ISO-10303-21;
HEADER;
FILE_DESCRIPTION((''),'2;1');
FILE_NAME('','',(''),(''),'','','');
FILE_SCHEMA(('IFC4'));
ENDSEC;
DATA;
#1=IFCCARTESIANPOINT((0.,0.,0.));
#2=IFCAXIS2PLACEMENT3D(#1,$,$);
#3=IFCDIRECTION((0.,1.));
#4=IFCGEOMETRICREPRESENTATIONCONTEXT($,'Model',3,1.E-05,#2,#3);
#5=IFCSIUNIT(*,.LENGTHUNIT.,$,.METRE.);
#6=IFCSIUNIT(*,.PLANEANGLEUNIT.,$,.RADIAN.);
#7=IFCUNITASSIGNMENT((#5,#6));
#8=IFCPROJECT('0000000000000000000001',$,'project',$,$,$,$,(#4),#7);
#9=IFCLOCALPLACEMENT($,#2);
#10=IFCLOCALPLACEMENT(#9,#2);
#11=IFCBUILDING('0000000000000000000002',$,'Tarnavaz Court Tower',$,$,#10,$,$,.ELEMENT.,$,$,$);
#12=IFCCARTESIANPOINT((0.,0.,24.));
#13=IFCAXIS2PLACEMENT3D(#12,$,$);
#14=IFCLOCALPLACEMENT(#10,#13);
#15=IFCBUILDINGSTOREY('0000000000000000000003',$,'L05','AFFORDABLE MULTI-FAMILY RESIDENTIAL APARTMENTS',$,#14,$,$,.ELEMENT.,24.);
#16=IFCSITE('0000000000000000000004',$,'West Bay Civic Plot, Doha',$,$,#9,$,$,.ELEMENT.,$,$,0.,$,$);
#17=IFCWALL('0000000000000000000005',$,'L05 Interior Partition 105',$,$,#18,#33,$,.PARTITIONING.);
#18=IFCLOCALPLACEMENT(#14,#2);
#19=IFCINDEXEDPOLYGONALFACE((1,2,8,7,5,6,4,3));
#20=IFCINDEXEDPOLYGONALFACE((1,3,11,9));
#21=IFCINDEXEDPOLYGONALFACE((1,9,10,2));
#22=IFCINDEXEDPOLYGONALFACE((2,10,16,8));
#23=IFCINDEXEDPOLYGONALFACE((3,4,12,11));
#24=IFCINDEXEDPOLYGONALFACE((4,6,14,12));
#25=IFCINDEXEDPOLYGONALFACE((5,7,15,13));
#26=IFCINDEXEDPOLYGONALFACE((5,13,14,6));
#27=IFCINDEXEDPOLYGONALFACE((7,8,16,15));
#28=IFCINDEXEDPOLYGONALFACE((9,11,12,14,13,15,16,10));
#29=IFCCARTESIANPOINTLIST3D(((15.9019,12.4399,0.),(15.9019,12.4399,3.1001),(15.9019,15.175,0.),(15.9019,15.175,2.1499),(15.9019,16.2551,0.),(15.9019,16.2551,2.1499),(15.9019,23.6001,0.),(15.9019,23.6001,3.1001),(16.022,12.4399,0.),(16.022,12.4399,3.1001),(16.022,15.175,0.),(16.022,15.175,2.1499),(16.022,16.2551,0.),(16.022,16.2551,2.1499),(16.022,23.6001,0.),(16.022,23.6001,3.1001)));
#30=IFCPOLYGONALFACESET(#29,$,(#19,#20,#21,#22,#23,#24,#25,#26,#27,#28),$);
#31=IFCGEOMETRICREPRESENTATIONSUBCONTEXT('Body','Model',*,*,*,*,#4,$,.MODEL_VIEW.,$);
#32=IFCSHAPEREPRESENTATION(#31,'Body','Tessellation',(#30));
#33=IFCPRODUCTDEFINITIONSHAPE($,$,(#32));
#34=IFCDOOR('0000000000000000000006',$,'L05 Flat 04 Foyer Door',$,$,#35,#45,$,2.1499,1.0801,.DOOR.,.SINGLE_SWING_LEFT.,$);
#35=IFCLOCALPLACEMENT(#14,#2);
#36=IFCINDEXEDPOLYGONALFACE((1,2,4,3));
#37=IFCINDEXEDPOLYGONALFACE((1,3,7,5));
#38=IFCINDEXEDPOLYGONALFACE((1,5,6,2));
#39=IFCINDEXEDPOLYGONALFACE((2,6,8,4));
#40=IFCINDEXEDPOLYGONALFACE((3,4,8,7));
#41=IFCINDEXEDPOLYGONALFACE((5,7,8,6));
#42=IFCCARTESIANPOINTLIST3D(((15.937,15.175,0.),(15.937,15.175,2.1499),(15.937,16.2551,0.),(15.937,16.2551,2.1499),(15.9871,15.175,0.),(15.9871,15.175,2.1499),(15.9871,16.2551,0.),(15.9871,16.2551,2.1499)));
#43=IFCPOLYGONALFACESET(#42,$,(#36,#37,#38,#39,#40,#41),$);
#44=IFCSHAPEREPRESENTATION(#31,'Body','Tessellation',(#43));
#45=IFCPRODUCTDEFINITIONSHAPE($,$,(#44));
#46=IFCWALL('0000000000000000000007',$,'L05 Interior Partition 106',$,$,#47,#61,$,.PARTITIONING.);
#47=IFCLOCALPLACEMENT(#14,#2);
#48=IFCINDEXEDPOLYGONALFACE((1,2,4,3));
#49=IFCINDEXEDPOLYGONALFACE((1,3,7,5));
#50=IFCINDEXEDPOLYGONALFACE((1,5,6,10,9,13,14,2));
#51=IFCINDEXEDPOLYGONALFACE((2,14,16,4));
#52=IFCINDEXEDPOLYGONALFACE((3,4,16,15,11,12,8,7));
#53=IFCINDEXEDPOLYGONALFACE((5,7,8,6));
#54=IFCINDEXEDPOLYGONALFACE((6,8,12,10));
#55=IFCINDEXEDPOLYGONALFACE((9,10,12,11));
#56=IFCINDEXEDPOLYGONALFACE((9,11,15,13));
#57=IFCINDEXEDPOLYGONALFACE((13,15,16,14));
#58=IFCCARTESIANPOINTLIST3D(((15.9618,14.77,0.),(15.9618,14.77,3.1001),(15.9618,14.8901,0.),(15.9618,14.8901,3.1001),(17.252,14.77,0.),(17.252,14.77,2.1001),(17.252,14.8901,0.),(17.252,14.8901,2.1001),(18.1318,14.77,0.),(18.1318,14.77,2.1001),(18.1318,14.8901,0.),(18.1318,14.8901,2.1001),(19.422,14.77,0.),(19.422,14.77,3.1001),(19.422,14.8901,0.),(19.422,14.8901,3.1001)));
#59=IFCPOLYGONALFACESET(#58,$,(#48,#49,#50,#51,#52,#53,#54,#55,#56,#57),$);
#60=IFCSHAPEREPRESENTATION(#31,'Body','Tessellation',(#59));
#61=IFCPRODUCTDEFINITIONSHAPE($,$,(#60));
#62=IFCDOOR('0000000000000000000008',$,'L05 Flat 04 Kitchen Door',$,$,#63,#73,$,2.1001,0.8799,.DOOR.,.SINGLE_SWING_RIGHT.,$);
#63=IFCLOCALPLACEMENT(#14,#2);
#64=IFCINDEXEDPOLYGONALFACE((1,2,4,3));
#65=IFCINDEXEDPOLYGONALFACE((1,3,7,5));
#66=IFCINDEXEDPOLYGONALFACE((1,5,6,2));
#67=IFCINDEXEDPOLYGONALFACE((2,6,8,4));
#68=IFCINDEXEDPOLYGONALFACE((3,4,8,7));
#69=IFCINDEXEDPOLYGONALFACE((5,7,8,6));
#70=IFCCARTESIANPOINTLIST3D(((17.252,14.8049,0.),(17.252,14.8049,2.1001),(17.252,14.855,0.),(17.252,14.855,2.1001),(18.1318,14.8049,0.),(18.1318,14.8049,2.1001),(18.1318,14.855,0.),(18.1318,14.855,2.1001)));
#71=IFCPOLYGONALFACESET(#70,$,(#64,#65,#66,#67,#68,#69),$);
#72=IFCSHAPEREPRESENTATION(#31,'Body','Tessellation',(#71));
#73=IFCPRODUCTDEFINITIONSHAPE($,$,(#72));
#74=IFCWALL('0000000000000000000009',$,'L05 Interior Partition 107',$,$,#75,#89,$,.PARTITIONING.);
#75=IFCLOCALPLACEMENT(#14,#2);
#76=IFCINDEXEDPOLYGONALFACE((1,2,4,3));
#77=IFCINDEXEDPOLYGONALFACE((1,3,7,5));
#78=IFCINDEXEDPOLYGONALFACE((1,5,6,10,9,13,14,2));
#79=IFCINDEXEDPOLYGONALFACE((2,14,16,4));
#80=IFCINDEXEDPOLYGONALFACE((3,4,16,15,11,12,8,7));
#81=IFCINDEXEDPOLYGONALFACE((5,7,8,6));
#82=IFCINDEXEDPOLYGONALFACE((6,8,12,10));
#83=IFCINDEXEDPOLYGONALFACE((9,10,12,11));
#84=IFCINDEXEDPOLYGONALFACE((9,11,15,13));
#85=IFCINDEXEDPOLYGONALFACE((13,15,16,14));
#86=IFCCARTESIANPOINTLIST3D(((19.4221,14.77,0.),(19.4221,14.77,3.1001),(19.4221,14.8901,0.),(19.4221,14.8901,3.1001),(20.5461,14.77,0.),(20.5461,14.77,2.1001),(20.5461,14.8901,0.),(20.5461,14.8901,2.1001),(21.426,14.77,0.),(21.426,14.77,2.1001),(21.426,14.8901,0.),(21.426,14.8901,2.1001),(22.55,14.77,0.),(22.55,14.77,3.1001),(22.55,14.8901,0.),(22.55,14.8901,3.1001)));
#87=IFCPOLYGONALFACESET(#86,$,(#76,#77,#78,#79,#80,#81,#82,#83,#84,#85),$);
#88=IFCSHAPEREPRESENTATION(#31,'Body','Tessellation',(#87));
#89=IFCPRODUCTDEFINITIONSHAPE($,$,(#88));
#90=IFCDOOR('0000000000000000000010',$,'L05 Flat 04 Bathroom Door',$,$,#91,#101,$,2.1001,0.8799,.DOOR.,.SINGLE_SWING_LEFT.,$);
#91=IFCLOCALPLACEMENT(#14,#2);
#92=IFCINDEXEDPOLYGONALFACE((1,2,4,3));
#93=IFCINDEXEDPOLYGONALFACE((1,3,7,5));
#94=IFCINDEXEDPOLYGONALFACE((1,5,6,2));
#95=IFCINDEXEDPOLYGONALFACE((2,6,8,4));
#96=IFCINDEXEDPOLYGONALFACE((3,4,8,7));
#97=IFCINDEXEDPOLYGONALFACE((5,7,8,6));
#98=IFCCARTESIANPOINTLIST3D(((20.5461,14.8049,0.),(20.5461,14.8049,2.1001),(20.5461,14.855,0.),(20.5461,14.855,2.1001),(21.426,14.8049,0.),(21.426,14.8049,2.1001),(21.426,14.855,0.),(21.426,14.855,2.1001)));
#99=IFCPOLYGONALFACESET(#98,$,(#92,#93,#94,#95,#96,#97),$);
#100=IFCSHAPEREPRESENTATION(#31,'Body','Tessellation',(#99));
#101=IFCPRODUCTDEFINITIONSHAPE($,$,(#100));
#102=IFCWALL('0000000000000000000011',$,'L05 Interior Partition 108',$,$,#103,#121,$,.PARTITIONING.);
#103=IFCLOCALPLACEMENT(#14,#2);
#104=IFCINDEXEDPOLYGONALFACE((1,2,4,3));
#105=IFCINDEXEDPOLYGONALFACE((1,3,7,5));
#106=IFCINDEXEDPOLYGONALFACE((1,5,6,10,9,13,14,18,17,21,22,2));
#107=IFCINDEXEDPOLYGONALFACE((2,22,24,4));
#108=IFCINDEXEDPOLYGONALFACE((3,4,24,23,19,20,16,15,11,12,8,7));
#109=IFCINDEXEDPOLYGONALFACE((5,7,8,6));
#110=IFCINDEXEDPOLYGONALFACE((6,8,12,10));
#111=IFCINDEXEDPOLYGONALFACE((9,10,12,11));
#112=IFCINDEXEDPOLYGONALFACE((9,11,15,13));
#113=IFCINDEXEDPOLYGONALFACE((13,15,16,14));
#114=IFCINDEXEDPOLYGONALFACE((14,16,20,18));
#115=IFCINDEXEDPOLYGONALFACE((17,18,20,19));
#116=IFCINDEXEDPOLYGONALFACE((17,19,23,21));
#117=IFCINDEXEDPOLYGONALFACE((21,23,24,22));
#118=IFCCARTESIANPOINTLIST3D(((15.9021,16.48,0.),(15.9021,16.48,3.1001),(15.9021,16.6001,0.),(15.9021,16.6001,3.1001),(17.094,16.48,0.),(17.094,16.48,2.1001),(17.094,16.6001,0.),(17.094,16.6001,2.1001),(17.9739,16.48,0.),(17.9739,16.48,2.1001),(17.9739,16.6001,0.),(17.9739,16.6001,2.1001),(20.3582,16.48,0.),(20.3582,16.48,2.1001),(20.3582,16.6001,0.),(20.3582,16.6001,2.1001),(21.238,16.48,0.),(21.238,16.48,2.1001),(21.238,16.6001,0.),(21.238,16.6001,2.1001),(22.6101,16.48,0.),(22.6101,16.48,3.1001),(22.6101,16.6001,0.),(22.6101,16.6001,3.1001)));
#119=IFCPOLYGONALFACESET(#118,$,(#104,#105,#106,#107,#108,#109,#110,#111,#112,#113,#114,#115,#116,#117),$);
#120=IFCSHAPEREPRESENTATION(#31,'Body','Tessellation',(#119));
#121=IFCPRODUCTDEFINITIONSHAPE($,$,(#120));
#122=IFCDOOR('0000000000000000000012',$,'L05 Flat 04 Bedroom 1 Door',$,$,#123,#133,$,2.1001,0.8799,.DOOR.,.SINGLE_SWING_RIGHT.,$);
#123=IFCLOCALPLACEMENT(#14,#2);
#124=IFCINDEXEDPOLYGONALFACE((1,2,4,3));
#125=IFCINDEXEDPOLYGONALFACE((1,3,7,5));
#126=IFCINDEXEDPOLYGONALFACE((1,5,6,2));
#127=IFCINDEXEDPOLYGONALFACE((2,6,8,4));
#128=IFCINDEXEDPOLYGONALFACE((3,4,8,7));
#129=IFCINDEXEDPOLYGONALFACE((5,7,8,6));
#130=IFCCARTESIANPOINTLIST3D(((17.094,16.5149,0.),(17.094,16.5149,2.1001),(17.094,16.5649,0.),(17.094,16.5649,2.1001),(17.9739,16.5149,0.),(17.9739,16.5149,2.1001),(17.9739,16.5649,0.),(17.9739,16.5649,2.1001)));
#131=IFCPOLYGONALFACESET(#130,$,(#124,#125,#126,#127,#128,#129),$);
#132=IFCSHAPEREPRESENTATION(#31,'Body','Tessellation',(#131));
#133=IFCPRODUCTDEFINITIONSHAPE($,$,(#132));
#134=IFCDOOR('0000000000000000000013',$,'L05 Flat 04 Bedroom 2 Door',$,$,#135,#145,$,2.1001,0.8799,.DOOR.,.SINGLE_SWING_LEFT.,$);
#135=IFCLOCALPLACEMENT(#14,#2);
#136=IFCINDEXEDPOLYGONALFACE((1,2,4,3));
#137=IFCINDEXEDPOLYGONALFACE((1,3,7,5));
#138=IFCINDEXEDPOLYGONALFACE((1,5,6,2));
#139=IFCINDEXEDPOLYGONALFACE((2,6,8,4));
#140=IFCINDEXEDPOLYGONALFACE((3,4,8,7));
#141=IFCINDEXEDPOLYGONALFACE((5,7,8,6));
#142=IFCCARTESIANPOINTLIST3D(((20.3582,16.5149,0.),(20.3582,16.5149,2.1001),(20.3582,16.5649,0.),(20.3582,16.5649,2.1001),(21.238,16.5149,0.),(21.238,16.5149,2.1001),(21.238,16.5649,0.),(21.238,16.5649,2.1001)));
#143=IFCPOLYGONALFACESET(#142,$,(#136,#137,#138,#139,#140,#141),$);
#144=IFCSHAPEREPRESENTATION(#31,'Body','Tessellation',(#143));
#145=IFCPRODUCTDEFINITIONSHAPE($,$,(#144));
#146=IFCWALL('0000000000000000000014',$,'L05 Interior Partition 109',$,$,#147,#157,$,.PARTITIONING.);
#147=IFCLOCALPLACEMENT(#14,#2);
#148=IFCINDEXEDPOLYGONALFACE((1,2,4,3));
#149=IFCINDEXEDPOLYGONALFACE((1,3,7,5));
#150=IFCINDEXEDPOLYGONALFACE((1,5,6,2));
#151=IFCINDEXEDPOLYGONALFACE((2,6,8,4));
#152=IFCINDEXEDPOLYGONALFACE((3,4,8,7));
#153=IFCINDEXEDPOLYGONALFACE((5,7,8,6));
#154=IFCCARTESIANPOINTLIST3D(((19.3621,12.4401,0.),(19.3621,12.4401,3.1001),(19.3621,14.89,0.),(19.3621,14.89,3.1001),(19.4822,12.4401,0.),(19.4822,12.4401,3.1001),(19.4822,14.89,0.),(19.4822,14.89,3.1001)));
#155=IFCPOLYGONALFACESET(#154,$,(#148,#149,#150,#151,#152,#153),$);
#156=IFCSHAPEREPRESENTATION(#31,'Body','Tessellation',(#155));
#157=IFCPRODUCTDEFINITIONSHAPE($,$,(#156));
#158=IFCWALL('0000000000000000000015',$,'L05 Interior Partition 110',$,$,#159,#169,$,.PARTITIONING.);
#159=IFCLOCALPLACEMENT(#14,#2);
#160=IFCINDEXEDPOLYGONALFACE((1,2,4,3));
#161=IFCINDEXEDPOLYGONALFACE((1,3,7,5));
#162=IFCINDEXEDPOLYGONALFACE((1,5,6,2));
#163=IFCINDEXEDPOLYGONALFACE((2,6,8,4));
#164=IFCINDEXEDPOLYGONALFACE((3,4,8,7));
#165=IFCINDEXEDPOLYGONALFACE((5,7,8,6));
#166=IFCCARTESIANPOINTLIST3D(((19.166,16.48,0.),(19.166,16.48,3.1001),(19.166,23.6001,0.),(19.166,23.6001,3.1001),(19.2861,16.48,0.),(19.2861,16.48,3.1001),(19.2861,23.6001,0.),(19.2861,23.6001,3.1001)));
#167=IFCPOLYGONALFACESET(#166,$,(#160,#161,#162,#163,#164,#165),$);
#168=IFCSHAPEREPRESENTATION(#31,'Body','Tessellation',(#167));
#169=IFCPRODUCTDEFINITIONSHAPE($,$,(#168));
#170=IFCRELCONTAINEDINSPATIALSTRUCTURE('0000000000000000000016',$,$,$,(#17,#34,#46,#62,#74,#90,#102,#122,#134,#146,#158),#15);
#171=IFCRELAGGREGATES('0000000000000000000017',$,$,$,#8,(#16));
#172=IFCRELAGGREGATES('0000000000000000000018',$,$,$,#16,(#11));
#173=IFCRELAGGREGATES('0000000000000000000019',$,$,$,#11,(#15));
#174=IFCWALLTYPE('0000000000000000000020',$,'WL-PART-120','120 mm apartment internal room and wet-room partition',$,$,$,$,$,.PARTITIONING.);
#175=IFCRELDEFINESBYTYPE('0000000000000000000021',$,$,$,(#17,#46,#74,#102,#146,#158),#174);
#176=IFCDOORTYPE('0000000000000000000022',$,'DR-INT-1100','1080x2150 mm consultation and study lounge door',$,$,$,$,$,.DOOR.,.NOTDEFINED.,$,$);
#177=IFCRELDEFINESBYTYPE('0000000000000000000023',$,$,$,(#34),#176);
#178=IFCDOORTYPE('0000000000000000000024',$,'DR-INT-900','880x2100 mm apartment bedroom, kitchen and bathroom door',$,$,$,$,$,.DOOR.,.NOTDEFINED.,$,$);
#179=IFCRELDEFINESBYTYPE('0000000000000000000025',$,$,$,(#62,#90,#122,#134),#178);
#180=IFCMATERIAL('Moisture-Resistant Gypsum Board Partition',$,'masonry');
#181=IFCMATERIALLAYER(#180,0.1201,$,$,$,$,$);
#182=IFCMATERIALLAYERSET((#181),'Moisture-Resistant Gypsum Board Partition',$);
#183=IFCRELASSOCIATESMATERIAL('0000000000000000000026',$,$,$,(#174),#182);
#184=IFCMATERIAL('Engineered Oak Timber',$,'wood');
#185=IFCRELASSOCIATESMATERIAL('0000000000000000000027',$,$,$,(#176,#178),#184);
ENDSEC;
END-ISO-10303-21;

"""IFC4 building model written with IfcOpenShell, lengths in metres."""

from ifc_helpers import new_model, si_unit, direction, frame, frame_2d, origin, place, context, subcontext, project, spatial, rectangle, extrude, material, layer, layer_set, type_object, element, fill, save


model = new_model("IFC4")

# Units and contexts
model_context = context("Model", 3, precision=1e-05, world=origin(), true_north=direction((0.0, 1.0)))
body_context = subcontext(model_context, "Body", "Model", "MODEL_VIEW")
ifc_project = project(units=[si_unit("LENGTHUNIT", "METRE"), si_unit("PLANEANGLEUNIT", "RADIAN")], contexts=[model_context])

# Site, building, storey
site_placement = place(None, origin())
site = spatial("IfcSite", under=ifc_project, at=site_placement, Name="West Bay Civic Plot, Doha", CompositionType="ELEMENT", RefElevation=0.0)
building_placement = place(site_placement, origin())
building = spatial("IfcBuilding", under=site, at=building_placement, Name="Tarnavaz Court Tower", CompositionType="ELEMENT")
storey_placement = place(building_placement, frame((0.0, 0.0, 24.0)))
storey = spatial("IfcBuildingStorey", under=building, at=storey_placement, Name="L05", Description="AFFORDABLE MULTI-FAMILY RESIDENTIAL APARTMENTS", CompositionType="ELEMENT", Elevation=24.0)

# Walls, openings, doors
ifc_material_1 = material(Name="Moisture-Resistant Gypsum Board Partition", Category="masonry")
ifc_layer_1 = layer(ifc_material_1, 0.1201)
ifc_layer_set_1 = layer_set([ifc_layer_1], Name="Moisture-Resistant Gypsum Board Partition")
wall_type_1 = type_object("IfcWallType", Name="WL-PART-120", Description="120 mm apartment internal room and wet-room partition", PredefinedType="PARTITIONING", material=ifc_layer_set_1)
wall_1_placement = place(storey_placement, frame((15.9619, 12.4399, 0.0), z_axis=(0.0, 0.0, 1.0), x_axis=(0.0, 1.0, 0.0)))
wall_1 = element("IfcWall", 1, at=wall_1_placement, inside=storey, type_object=wall_type_1, Name="L05 Interior Partition 105", PredefinedType="PARTITIONING", context=body_context, shape_type="SweptSolid", body=[
    extrude(rectangle(XDim=11.1602, YDim=0.1201, at=frame_2d((5.5801, 0.0))), origin(), (0.0, 0.0, 1.0), 3.1001),
])
opening_1_placement = place(wall_1_placement, frame((2.7351, 0.0, 0.0)))
opening_1 = element("IfcOpeningElement", 2, at=opening_1_placement, cuts=wall_1, PredefinedType="OPENING", context=body_context, shape_type="SweptSolid", body=[
    extrude(rectangle(XDim=1.0801, YDim=2.1499, at=frame_2d((0.54, 1.075))), frame((0.0, 0.0701, 0.0), z_axis=(0.0, -1.0, 0.0), x_axis=(1.0, 0.0, 0.0)), (0.0, 0.0, 1.0), 0.1401),
])
ifc_material_2 = material(Name="Engineered Oak Timber", Category="wood")
door_type_1 = type_object("IfcDoorType", Name="DR-INT-1100", Description="1080x2150 mm consultation and study lounge door", OperationType="NOTDEFINED", PredefinedType="DOOR", material=ifc_material_2)
door_1_placement = place(opening_1_placement, origin())
door_1 = element("IfcDoor", 3, at=door_1_placement, inside=storey, type_object=door_type_1, Name="L05 Flat 04 Foyer Door", OperationType="SINGLE_SWING_LEFT", OverallHeight=2.1499, OverallWidth=1.0801, PredefinedType="DOOR", context=body_context, shape_type="SweptSolid", body=[
    extrude(rectangle(XDim=1.0801, YDim=2.1499, at=frame_2d((0.54, 1.075))), frame((0.0, 0.0249, 0.0), z_axis=(0.0, -1.0, 0.0), x_axis=(1.0, 0.0, 0.0)), (0.0, 0.0, 1.0), 0.05),
])
fill(opening_1, door_1)
wall_2_placement = place(storey_placement, frame((15.9619, 14.8301, 0.0), z_axis=(0.0, 0.0, 1.0), x_axis=(1.0, 0.0, 0.0)))
wall_2 = element("IfcWall", 4, at=wall_2_placement, inside=storey, type_object=wall_type_1, Name="L05 Interior Partition 106", PredefinedType="PARTITIONING", context=body_context, shape_type="SweptSolid", body=[
    extrude(rectangle(XDim=3.4602, YDim=0.1201, at=frame_2d((1.73, 0.0))), origin(), (0.0, 0.0, 1.0), 3.1001),
])
opening_2_placement = place(wall_2_placement, frame((1.29, 0.0, 0.0)))
opening_2 = element("IfcOpeningElement", 5, at=opening_2_placement, cuts=wall_2, PredefinedType="OPENING", context=body_context, shape_type="SweptSolid", body=[
    extrude(rectangle(XDim=0.8799, YDim=2.1001, at=frame_2d((0.4399, 1.05))), frame((0.0, 0.0701, 0.0), z_axis=(0.0, -1.0, 0.0), x_axis=(1.0, 0.0, 0.0)), (0.0, 0.0, 1.0), 0.1401),
])
door_type_2 = type_object("IfcDoorType", Name="DR-INT-900", Description="880x2100 mm apartment bedroom, kitchen and bathroom door", OperationType="NOTDEFINED", PredefinedType="DOOR", material=ifc_material_2)
door_2_placement = place(opening_2_placement, origin())
door_2 = element("IfcDoor", 6, at=door_2_placement, inside=storey, type_object=door_type_2, Name="L05 Flat 04 Kitchen Door", OperationType="SINGLE_SWING_RIGHT", OverallHeight=2.1001, OverallWidth=0.8799, PredefinedType="DOOR", context=body_context, shape_type="SweptSolid", body=[
    extrude(rectangle(XDim=0.8799, YDim=2.1001, at=frame_2d((0.4399, 1.05))), frame((0.0, 0.0249, 0.0), z_axis=(0.0, -1.0, 0.0), x_axis=(1.0, 0.0, 0.0)), (0.0, 0.0, 1.0), 0.05),
])
fill(opening_2, door_2)
wall_3_placement = place(storey_placement, frame((19.4221, 14.8301, 0.0), z_axis=(0.0, 0.0, 1.0), x_axis=(1.0, 0.0, 0.0)))
wall_3 = element("IfcWall", 7, at=wall_3_placement, inside=storey, type_object=wall_type_1, Name="L05 Interior Partition 107", PredefinedType="PARTITIONING", context=body_context, shape_type="SweptSolid", body=[
    extrude(rectangle(XDim=3.1279, YDim=0.1201, at=frame_2d((1.564, 0.0))), origin(), (0.0, 0.0, 1.0), 3.1001),
])
opening_3_placement = place(wall_3_placement, frame((1.124, 0.0, 0.0)))
opening_3 = element("IfcOpeningElement", 8, at=opening_3_placement, cuts=wall_3, PredefinedType="OPENING", context=body_context, shape_type="SweptSolid", body=[
    extrude(rectangle(XDim=0.8799, YDim=2.1001, at=frame_2d((0.4399, 1.05))), frame((0.0, 0.0701, 0.0), z_axis=(0.0, -1.0, 0.0), x_axis=(1.0, 0.0, 0.0)), (0.0, 0.0, 1.0), 0.1401),
])
door_3_placement = place(opening_3_placement, origin())
door_3 = element("IfcDoor", 9, at=door_3_placement, inside=storey, type_object=door_type_2, Name="L05 Flat 04 Bathroom Door", OperationType="SINGLE_SWING_LEFT", OverallHeight=2.1001, OverallWidth=0.8799, PredefinedType="DOOR", context=body_context, shape_type="SweptSolid", body=[
    extrude(rectangle(XDim=0.8799, YDim=2.1001, at=frame_2d((0.4399, 1.05))), frame((0.0, 0.0249, 0.0), z_axis=(0.0, -1.0, 0.0), x_axis=(1.0, 0.0, 0.0)), (0.0, 0.0, 1.0), 0.05),
])
fill(opening_3, door_3)

# Wall, openings, doors
wall_4_placement = place(storey_placement, frame((15.9021, 16.54, 0.0), z_axis=(0.0, 0.0, 1.0), x_axis=(1.0, 0.0, 0.0)))
wall_4 = element("IfcWall", 10, at=wall_4_placement, inside=storey, type_object=wall_type_1, Name="L05 Interior Partition 108", PredefinedType="PARTITIONING", context=body_context, shape_type="SweptSolid", body=[
    extrude(rectangle(XDim=6.708, YDim=0.1201, at=frame_2d((3.354, 0.0))), origin(), (0.0, 0.0, 1.0), 3.1001),
])
opening_4_placement = place(wall_4_placement, frame((1.1919, 0.0, 0.0)))
opening_4 = element("IfcOpeningElement", 11, at=opening_4_placement, cuts=wall_4, PredefinedType="OPENING", context=body_context, shape_type="SweptSolid", body=[
    extrude(rectangle(XDim=0.8799, YDim=2.1001, at=frame_2d((0.4399, 1.05))), frame((0.0, 0.0701, 0.0), z_axis=(0.0, -1.0, 0.0), x_axis=(1.0, 0.0, 0.0)), (0.0, 0.0, 1.0), 0.1401),
])
opening_5_placement = place(wall_4_placement, frame((4.4561, 0.0, 0.0)))
opening_5 = element("IfcOpeningElement", 12, at=opening_5_placement, cuts=wall_4, PredefinedType="OPENING", context=body_context, shape_type="SweptSolid", body=[
    extrude(rectangle(XDim=0.8799, YDim=2.1001, at=frame_2d((0.4399, 1.05))), frame((0.0, 0.0701, 0.0), z_axis=(0.0, -1.0, 0.0), x_axis=(1.0, 0.0, 0.0)), (0.0, 0.0, 1.0), 0.1401),
])
door_4_placement = place(opening_4_placement, origin())
door_4 = element("IfcDoor", 13, at=door_4_placement, inside=storey, type_object=door_type_2, Name="L05 Flat 04 Bedroom 1 Door", OperationType="SINGLE_SWING_RIGHT", OverallHeight=2.1001, OverallWidth=0.8799, PredefinedType="DOOR", context=body_context, shape_type="SweptSolid", body=[
    extrude(rectangle(XDim=0.8799, YDim=2.1001, at=frame_2d((0.4399, 1.05))), frame((0.0, 0.0249, 0.0), z_axis=(0.0, -1.0, 0.0), x_axis=(1.0, 0.0, 0.0)), (0.0, 0.0, 1.0), 0.05),
])
fill(opening_4, door_4)
door_5_placement = place(opening_5_placement, origin())
door_5 = element("IfcDoor", 14, at=door_5_placement, inside=storey, type_object=door_type_2, Name="L05 Flat 04 Bedroom 2 Door", OperationType="SINGLE_SWING_LEFT", OverallHeight=2.1001, OverallWidth=0.8799, PredefinedType="DOOR", context=body_context, shape_type="SweptSolid", body=[
    extrude(rectangle(XDim=0.8799, YDim=2.1001, at=frame_2d((0.4399, 1.05))), frame((0.0, 0.0249, 0.0), z_axis=(0.0, -1.0, 0.0), x_axis=(1.0, 0.0, 0.0)), (0.0, 0.0, 1.0), 0.05),
])
fill(opening_5, door_5)

# Walls
wall_5_placement = place(storey_placement, frame((19.4221, 12.4399, 0.0), z_axis=(0.0, 0.0, 1.0), x_axis=(0.0, 1.0, 0.0)))
element("IfcWall", 15, at=wall_5_placement, inside=storey, type_object=wall_type_1, Name="L05 Interior Partition 109", PredefinedType="PARTITIONING", context=body_context, shape_type="SweptSolid", body=[
    extrude(rectangle(XDim=2.45, YDim=0.1201, at=frame_2d((1.2251, 0.0))), origin(), (0.0, 0.0, 1.0), 3.1001),
])
wall_6_placement = place(storey_placement, frame((19.2261, 16.48, 0.0), z_axis=(0.0, 0.0, 1.0), x_axis=(0.0, 1.0, 0.0)))
element("IfcWall", 16, at=wall_6_placement, inside=storey, type_object=wall_type_1, Name="L05 Interior Partition 110", PredefinedType="PARTITIONING", context=body_context, shape_type="SweptSolid", body=[
    extrude(rectangle(XDim=7.1201, YDim=0.1201, at=frame_2d((3.5601, 0.0))), origin(), (0.0, 0.0, 1.0), 3.1001),
])

save(model, "model.ifc")
